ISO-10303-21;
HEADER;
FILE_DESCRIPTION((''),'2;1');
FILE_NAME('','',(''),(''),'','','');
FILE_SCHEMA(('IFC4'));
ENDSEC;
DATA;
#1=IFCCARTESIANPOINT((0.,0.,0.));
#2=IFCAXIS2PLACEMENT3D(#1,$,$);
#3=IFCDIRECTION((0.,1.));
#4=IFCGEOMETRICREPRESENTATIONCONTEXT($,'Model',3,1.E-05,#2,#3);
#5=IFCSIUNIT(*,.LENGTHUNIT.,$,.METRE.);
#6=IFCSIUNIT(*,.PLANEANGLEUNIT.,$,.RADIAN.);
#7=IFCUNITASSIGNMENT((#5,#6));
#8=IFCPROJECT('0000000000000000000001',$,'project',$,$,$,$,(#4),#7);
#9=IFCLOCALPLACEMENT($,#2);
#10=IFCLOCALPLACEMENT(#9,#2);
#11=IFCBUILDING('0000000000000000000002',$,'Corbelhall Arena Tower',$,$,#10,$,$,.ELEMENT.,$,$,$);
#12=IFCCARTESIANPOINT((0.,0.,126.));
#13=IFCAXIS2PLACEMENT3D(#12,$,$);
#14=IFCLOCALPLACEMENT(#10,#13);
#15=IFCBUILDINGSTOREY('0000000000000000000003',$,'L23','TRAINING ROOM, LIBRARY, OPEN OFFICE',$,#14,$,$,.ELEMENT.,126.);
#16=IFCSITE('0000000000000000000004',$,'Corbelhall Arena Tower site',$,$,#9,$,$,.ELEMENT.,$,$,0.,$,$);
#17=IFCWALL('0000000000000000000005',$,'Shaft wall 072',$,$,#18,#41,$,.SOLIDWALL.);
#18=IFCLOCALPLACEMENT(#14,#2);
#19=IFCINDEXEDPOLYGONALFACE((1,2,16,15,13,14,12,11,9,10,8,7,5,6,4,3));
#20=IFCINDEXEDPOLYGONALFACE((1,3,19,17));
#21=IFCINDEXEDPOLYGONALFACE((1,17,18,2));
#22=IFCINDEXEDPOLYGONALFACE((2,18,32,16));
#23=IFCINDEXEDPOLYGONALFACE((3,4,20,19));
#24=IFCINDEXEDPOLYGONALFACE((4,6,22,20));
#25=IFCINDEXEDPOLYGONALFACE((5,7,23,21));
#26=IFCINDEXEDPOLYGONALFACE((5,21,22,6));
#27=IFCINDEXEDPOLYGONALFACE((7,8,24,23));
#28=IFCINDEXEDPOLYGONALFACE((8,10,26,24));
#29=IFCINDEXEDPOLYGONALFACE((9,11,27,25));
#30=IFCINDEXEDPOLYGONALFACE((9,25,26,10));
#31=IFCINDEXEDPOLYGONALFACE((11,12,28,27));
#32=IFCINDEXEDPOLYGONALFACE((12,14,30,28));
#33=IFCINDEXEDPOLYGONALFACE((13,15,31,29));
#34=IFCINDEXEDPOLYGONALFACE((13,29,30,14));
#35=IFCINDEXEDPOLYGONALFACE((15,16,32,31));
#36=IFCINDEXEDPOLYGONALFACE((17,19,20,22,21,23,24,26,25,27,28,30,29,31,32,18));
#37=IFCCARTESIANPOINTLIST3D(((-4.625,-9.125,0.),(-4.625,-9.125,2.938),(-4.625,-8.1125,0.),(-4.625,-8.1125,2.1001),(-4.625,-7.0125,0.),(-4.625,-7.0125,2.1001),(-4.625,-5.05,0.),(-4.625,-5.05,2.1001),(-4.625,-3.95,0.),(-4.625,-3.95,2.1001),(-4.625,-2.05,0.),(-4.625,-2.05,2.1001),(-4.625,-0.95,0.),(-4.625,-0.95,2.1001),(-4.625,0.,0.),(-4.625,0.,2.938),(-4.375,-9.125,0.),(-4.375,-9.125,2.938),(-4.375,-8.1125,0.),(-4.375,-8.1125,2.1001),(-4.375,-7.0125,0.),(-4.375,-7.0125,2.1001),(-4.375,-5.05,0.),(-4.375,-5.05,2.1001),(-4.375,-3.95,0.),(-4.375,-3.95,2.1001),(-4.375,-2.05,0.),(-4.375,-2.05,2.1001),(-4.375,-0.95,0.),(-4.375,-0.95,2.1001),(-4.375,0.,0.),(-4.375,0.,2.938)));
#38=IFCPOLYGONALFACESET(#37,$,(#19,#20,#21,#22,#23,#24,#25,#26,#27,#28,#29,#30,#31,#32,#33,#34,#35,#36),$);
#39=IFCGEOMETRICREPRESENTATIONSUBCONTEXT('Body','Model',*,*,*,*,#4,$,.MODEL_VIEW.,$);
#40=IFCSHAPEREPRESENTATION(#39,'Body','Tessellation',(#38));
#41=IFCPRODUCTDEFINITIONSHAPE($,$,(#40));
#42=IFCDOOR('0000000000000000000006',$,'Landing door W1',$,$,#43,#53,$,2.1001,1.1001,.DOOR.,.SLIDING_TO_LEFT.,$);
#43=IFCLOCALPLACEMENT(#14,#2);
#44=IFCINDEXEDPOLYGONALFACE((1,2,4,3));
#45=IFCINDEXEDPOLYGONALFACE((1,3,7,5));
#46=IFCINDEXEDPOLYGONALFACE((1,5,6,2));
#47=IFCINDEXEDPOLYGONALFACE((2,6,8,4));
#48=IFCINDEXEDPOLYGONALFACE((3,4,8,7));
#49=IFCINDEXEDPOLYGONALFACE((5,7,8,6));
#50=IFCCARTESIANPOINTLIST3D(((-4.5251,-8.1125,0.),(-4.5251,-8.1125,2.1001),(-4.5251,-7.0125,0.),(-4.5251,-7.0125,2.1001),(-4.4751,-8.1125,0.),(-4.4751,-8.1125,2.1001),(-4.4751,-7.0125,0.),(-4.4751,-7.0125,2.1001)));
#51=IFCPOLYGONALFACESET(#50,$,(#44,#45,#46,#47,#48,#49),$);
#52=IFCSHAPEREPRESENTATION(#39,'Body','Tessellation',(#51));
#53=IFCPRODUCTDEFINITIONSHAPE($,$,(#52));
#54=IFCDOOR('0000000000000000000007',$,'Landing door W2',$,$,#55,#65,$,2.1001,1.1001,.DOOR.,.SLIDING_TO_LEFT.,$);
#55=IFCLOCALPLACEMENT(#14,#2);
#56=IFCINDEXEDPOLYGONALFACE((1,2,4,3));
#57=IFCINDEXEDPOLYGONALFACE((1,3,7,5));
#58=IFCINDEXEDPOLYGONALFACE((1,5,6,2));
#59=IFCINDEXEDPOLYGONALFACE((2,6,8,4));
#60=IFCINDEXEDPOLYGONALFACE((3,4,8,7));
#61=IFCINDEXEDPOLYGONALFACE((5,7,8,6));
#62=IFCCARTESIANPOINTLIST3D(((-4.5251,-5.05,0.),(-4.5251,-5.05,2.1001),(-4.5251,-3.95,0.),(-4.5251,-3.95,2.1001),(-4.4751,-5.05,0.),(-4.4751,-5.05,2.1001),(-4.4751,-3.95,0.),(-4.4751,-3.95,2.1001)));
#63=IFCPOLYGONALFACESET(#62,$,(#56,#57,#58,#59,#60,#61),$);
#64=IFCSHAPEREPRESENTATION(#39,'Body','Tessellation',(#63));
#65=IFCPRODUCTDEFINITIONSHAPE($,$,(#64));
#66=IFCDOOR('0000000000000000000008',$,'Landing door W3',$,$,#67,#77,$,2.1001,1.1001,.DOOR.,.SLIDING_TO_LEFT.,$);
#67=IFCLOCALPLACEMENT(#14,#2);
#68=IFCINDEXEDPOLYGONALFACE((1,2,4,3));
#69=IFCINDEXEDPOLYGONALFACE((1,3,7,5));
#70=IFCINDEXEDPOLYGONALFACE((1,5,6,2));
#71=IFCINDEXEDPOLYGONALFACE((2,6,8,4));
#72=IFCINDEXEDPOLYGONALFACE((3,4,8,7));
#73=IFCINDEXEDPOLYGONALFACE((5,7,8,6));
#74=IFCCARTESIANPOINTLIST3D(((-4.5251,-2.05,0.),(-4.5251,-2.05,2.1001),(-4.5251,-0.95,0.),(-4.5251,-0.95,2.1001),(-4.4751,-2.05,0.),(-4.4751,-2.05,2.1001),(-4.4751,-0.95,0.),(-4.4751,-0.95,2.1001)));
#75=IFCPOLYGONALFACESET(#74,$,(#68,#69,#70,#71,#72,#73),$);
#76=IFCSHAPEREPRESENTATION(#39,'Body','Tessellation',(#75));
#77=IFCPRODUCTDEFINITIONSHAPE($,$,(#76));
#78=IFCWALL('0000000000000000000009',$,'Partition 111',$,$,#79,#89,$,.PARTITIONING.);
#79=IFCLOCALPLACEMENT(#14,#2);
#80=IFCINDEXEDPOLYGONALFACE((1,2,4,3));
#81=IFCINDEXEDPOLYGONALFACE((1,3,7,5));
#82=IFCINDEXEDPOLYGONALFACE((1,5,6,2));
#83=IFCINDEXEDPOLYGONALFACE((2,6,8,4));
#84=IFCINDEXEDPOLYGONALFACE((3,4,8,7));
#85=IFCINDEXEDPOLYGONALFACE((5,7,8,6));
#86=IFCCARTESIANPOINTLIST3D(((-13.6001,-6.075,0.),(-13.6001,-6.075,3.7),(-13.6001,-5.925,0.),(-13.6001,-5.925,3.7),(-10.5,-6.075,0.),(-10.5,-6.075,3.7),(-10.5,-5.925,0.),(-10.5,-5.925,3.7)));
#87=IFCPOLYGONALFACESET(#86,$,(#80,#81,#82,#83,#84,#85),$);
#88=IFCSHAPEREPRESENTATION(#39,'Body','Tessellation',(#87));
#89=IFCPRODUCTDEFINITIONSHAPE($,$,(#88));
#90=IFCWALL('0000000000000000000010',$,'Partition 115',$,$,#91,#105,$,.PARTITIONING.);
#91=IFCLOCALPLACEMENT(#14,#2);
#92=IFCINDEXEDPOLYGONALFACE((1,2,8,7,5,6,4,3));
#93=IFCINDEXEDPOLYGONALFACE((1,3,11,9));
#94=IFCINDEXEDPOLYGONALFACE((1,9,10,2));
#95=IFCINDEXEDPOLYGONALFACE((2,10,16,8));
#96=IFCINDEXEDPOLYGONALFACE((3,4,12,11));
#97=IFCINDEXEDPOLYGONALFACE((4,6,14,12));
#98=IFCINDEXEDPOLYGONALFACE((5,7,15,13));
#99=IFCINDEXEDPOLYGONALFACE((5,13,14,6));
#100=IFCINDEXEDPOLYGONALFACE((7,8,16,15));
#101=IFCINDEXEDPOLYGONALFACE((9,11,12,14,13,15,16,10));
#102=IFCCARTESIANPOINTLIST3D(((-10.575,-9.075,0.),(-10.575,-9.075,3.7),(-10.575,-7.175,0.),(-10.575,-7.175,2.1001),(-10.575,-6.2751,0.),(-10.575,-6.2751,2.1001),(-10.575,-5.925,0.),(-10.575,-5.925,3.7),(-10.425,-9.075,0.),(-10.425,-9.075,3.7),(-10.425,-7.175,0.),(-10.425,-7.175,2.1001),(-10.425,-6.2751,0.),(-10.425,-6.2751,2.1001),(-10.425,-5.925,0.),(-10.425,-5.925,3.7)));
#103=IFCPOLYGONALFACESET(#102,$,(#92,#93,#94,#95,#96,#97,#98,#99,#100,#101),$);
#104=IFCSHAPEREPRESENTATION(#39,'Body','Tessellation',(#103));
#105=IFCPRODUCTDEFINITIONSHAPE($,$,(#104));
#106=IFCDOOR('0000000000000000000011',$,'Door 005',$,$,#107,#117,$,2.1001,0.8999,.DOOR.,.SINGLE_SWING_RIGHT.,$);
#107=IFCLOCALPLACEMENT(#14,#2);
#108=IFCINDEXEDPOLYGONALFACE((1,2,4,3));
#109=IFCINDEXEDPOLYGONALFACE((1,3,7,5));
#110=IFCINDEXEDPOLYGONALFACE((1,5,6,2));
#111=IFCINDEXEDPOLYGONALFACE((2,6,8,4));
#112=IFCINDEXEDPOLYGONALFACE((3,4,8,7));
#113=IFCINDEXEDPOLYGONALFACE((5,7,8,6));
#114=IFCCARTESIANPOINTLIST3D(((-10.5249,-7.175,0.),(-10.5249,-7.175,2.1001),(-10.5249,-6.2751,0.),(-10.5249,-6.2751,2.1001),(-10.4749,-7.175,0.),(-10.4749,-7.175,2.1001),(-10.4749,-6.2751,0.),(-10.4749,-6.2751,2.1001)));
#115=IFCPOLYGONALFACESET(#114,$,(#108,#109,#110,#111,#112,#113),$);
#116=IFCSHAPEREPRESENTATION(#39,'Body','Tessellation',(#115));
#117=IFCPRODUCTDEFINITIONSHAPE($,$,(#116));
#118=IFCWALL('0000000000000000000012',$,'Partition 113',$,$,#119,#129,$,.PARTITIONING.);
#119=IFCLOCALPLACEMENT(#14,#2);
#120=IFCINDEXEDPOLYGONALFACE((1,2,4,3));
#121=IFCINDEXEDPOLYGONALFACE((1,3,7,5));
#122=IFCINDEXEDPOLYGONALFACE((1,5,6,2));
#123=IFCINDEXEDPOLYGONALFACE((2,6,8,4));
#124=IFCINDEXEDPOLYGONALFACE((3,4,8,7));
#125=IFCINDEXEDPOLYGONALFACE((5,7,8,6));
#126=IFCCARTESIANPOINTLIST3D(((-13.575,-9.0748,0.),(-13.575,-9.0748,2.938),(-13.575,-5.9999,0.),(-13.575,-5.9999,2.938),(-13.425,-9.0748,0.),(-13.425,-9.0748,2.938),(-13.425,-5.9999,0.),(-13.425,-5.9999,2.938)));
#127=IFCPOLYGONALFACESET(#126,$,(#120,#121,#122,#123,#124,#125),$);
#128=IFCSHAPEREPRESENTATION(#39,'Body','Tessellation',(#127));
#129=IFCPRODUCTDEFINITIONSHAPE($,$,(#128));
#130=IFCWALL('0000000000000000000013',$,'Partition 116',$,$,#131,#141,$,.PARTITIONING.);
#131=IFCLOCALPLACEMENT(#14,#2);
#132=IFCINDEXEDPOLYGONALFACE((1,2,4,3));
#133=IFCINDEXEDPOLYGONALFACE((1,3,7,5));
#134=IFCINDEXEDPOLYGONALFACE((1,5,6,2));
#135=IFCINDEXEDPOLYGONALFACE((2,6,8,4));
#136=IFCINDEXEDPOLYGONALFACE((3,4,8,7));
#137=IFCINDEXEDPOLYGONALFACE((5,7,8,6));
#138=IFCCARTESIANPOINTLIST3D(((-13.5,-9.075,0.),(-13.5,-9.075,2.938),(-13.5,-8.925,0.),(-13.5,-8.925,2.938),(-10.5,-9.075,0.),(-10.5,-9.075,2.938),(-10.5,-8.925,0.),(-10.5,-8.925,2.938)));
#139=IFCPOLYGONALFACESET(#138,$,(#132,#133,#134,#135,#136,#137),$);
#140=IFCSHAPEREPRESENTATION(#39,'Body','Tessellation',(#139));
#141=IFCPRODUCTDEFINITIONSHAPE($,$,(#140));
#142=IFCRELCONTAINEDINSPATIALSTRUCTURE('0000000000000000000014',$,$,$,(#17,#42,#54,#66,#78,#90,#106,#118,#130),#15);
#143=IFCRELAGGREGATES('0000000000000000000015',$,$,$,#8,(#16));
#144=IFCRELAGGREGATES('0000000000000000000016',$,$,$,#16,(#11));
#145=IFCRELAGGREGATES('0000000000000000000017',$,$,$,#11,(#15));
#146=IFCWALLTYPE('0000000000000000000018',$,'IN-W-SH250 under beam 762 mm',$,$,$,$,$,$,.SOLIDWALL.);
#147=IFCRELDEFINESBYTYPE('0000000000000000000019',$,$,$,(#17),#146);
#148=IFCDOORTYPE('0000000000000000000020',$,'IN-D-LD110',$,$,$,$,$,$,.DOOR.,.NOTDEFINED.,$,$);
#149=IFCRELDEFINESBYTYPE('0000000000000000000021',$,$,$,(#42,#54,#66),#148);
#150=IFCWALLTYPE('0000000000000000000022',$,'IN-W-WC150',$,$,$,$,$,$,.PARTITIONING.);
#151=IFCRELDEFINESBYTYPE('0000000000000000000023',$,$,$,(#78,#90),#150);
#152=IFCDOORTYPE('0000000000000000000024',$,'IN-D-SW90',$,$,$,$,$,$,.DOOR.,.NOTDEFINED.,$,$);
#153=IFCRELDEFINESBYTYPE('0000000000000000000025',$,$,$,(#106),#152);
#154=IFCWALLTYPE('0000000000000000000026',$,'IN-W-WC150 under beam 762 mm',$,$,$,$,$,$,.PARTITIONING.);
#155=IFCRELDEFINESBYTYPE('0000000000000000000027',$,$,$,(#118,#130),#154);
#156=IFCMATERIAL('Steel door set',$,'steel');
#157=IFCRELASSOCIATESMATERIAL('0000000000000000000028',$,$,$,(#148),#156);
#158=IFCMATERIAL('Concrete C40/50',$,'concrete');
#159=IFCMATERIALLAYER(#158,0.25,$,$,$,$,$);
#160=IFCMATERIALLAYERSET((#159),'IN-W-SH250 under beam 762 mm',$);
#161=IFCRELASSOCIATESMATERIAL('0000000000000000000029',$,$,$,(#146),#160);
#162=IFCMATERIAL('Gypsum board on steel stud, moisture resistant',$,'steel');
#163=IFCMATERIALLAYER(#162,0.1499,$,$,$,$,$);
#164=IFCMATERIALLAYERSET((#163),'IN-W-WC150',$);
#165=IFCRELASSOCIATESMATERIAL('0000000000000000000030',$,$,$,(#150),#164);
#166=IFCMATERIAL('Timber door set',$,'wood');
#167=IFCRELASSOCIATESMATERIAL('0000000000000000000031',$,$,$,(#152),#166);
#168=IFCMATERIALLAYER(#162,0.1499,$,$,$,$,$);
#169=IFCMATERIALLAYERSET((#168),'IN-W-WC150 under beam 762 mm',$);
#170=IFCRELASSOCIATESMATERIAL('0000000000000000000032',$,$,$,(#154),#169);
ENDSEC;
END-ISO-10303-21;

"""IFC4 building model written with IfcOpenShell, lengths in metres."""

from ifc_helpers import new_model, si_unit, direction, frame, frame_2d, origin, place, context, subcontext, project, spatial, rectangle, extrude, material, layer, layer_set, type_object, element, fill, save


model = new_model("IFC4")

# Units and contexts
model_context = context("Model", 3, precision=1e-05, world=origin(), true_north=direction((0.0, 1.0)))
body_context = subcontext(model_context, "Body", "Model", "MODEL_VIEW")
ifc_project = project(units=[si_unit("LENGTHUNIT", "METRE"), si_unit("PLANEANGLEUNIT", "RADIAN")], contexts=[model_context])

# Site, building, storey
site_placement = place(None, origin())
site = spatial("IfcSite", under=ifc_project, at=site_placement, Name="Corbelhall Arena Tower site", CompositionType="ELEMENT", RefElevation=0.0)
building_placement = place(site_placement, origin())
building = spatial("IfcBuilding", under=site, at=building_placement, Name="Corbelhall Arena Tower", CompositionType="ELEMENT")
storey_placement = place(building_placement, frame((0.0, 0.0, 126.0)))
storey = spatial("IfcBuildingStorey", under=building, at=storey_placement, Name="L23", Description="TRAINING ROOM, LIBRARY, OPEN OFFICE", CompositionType="ELEMENT", Elevation=126.0)

# Shared definitions
ifc_material_1 = material(Name="Steel door set", Category="steel")

# Shared definitions
ifc_material_2 = material(Name="Concrete C40/50", Category="concrete")

# Shared definitions
door_type_1 = type_object("IfcDoorType", Name="IN-D-LD110", OperationType="NOTDEFINED", PredefinedType="DOOR", material=ifc_material_1)

# Shared definitions
ifc_layer_1 = layer(ifc_material_2, 0.25)
ifc_layer_set_1 = layer_set([ifc_layer_1], Name="IN-W-SH250 under beam 762 mm")
wall_type_1 = type_object("IfcWallType", Name="IN-W-SH250 under beam 762 mm", PredefinedType="SOLIDWALL", material=ifc_layer_set_1)

# Wall, openings, doors
wall_1_placement = place(storey_placement, frame((-4.5, 0.0, 0.0), z_axis=(0.0, 0.0, 1.0), x_axis=(0.0, -1.0, 0.0)))
wall_1 = element("IfcWall", 1, at=wall_1_placement, inside=storey, type_object=wall_type_1, Name="Shaft wall 072", PredefinedType="SOLIDWALL", context=body_context, shape_type="SweptSolid", body=[
    extrude(rectangle(XDim=9.125, YDim=0.25, at=frame_2d((4.5625, 0.0))), origin(), (0.0, 0.0, 1.0), 2.938),
])
opening_1_placement = place(wall_1_placement, frame((7.0125, 0.0, 0.0)))
opening_1 = element("IfcOpeningElement", 2, at=opening_1_placement, cuts=wall_1, PredefinedType="OPENING", context=body_context, shape_type="SweptSolid", body=[
    extrude(rectangle(XDim=1.1001, YDim=2.1001, at=frame_2d((0.55, 1.05))), frame((0.0, 0.125, 0.0), z_axis=(0.0, -1.0, 0.0), x_axis=(1.0, 0.0, 0.0)), (0.0, 0.0, 1.0), 0.25),
])
opening_2_placement = place(wall_1_placement, frame((3.95, 0.0, 0.0)))
opening_2 = element("IfcOpeningElement", 3, at=opening_2_placement, cuts=wall_1, PredefinedType="OPENING", context=body_context, shape_type="SweptSolid", body=[
    extrude(rectangle(XDim=1.1001, YDim=2.1001, at=frame_2d((0.55, 1.05))), frame((0.0, 0.125, 0.0), z_axis=(0.0, -1.0, 0.0), x_axis=(1.0, 0.0, 0.0)), (0.0, 0.0, 1.0), 0.25),
])
opening_3_placement = place(wall_1_placement, frame((0.95, 0.0, 0.0)))
opening_3 = element("IfcOpeningElement", 4, at=opening_3_placement, cuts=wall_1, PredefinedType="OPENING", context=body_context, shape_type="SweptSolid", body=[
    extrude(rectangle(XDim=1.1001, YDim=2.1001, at=frame_2d((0.55, 1.05))), frame((0.0, 0.125, 0.0), z_axis=(0.0, -1.0, 0.0), x_axis=(1.0, 0.0, 0.0)), (0.0, 0.0, 1.0), 0.25),
])
door_1_placement = place(opening_1_placement, origin())
door_1 = element("IfcDoor", 5, at=door_1_placement, inside=storey, type_object=door_type_1, Name="Landing door W1", OperationType="SLIDING_TO_LEFT", OverallHeight=2.1001, OverallWidth=1.1001, PredefinedType="DOOR", context=body_context, shape_type="SweptSolid", body=[
    extrude(rectangle(XDim=1.1001, YDim=2.1001, at=frame_2d((0.55, 1.05))), frame((0.0, 0.0249, 0.0), z_axis=(0.0, -1.0, 0.0), x_axis=(1.0, 0.0, 0.0)), (0.0, 0.0, 1.0), 0.05),
])
fill(opening_1, door_1)
door_2_placement = place(opening_2_placement, origin())
door_2 = element("IfcDoor", 6, at=door_2_placement, inside=storey, type_object=door_type_1, Name="Landing door W2", OperationType="SLIDING_TO_LEFT", OverallHeight=2.1001, OverallWidth=1.1001, PredefinedType="DOOR", context=body_context, shape_type="SweptSolid", body=[
    extrude(rectangle(XDim=1.1001, YDim=2.1001, at=frame_2d((0.55, 1.05))), frame((0.0, 0.0249, 0.0), z_axis=(0.0, -1.0, 0.0), x_axis=(1.0, 0.0, 0.0)), (0.0, 0.0, 1.0), 0.05),
])
fill(opening_2, door_2)
door_3_placement = place(opening_3_placement, origin())
door_3 = element("IfcDoor", 7, at=door_3_placement, inside=storey, type_object=door_type_1, Name="Landing door W3", OperationType="SLIDING_TO_LEFT", OverallHeight=2.1001, OverallWidth=1.1001, PredefinedType="DOOR", context=body_context, shape_type="SweptSolid", body=[
    extrude(rectangle(XDim=1.1001, YDim=2.1001, at=frame_2d((0.55, 1.05))), frame((0.0, 0.0249, 0.0), z_axis=(0.0, -1.0, 0.0), x_axis=(1.0, 0.0, 0.0)), (0.0, 0.0, 1.0), 0.05),
])
fill(opening_3, door_3)

# Wall
ifc_material_3 = material(Name="Gypsum board on steel stud, moisture resistant", Category="steel")
ifc_layer_2 = layer(ifc_material_3, 0.1499)
ifc_layer_set_2 = layer_set([ifc_layer_2], Name="IN-W-WC150")
wall_type_2 = type_object("IfcWallType", Name="IN-W-WC150", PredefinedType="PARTITIONING", material=ifc_layer_set_2)
wall_2_placement = place(storey_placement, frame((-13.6001, -6.0, 0.0), z_axis=(0.0, 0.0, 1.0), x_axis=(1.0, 0.0, 0.0)))
element("IfcWall", 8, at=wall_2_placement, inside=storey, type_object=wall_type_2, Name="Partition 111", PredefinedType="PARTITIONING", context=body_context, shape_type="SweptSolid", body=[
    extrude(rectangle(XDim=3.1001, YDim=0.1499, at=frame_2d((1.55, 0.0))), origin(), (0.0, 0.0, 1.0), 3.7),
])

# Wall, opening, door
wall_3_placement = place(storey_placement, frame((-10.5, -9.075, 0.0), z_axis=(0.0, 0.0, 1.0), x_axis=(0.0, 1.0, 0.0)))
wall_3 = element("IfcWall", 9, at=wall_3_placement, inside=storey, type_object=wall_type_2, Name="Partition 115", PredefinedType="PARTITIONING", context=body_context, shape_type="SweptSolid", body=[
    extrude(rectangle(XDim=3.1499, YDim=0.1499, at=frame_2d((1.575, 0.0))), origin(), (0.0, 0.0, 1.0), 3.7),
])
opening_4_placement = place(wall_3_placement, frame((1.8999, 0.0, 0.0)))
opening_4 = element("IfcOpeningElement", 10, at=opening_4_placement, cuts=wall_3, PredefinedType="OPENING", context=body_context, shape_type="SweptSolid", body=[
    extrude(rectangle(XDim=0.8999, YDim=2.1001, at=frame_2d((0.45, 1.05))), frame((0.0, 0.075, 0.0), z_axis=(0.0, -1.0, 0.0), x_axis=(1.0, 0.0, 0.0)), (0.0, 0.0, 1.0), 0.1499),
])
ifc_material_4 = material(Name="Timber door set", Category="wood")
door_type_2 = type_object("IfcDoorType", Name="IN-D-SW90", OperationType="NOTDEFINED", PredefinedType="DOOR", material=ifc_material_4)
door_4_placement = place(opening_4_placement, origin())
door_4 = element("IfcDoor", 11, at=door_4_placement, inside=storey, type_object=door_type_2, Name="Door 005", OperationType="SINGLE_SWING_RIGHT", OverallHeight=2.1001, OverallWidth=0.8999, PredefinedType="DOOR", context=body_context, shape_type="SweptSolid", body=[
    extrude(rectangle(XDim=0.8999, YDim=2.1001, at=frame_2d((0.45, 1.05))), frame((0.0, 0.0249, 0.0), z_axis=(0.0, -1.0, 0.0), x_axis=(1.0, 0.0, 0.0)), (0.0, 0.0, 1.0), 0.05),
])
fill(opening_4, door_4)

# Walls
ifc_layer_3 = layer(ifc_material_3, 0.1499)
ifc_layer_set_3 = layer_set([ifc_layer_3], Name="IN-W-WC150 under beam 762 mm")
wall_type_3 = type_object("IfcWallType", Name="IN-W-WC150 under beam 762 mm", PredefinedType="PARTITIONING", material=ifc_layer_set_3)
wall_4_placement = place(storey_placement, frame((-13.5, -9.075, 0.0), z_axis=(0.0, 0.0, 1.0), x_axis=(0.0, 1.0, 0.0)))
element("IfcWall", 12, at=wall_4_placement, inside=storey, type_object=wall_type_3, Name="Partition 113", PredefinedType="PARTITIONING", context=body_context, shape_type="SweptSolid", body=[
    extrude(rectangle(XDim=3.075, YDim=0.1499, at=frame_2d((1.5376, 0.0))), origin(), (0.0, 0.0, 1.0), 2.938),
])
wall_5_placement = place(storey_placement, frame((-10.5, -9.0, 0.0), z_axis=(0.0, 0.0, 1.0), x_axis=(-1.0, 0.0, 0.0)))
element("IfcWall", 13, at=wall_5_placement, inside=storey, type_object=wall_type_3, Name="Partition 116", PredefinedType="PARTITIONING", context=body_context, shape_type="SweptSolid", body=[
    extrude(rectangle(XDim=3.0, YDim=0.1499, at=frame_2d((1.5, 0.0))), origin(), (0.0, 0.0, 1.0), 2.938),
])

save(model, "model.ifc")
